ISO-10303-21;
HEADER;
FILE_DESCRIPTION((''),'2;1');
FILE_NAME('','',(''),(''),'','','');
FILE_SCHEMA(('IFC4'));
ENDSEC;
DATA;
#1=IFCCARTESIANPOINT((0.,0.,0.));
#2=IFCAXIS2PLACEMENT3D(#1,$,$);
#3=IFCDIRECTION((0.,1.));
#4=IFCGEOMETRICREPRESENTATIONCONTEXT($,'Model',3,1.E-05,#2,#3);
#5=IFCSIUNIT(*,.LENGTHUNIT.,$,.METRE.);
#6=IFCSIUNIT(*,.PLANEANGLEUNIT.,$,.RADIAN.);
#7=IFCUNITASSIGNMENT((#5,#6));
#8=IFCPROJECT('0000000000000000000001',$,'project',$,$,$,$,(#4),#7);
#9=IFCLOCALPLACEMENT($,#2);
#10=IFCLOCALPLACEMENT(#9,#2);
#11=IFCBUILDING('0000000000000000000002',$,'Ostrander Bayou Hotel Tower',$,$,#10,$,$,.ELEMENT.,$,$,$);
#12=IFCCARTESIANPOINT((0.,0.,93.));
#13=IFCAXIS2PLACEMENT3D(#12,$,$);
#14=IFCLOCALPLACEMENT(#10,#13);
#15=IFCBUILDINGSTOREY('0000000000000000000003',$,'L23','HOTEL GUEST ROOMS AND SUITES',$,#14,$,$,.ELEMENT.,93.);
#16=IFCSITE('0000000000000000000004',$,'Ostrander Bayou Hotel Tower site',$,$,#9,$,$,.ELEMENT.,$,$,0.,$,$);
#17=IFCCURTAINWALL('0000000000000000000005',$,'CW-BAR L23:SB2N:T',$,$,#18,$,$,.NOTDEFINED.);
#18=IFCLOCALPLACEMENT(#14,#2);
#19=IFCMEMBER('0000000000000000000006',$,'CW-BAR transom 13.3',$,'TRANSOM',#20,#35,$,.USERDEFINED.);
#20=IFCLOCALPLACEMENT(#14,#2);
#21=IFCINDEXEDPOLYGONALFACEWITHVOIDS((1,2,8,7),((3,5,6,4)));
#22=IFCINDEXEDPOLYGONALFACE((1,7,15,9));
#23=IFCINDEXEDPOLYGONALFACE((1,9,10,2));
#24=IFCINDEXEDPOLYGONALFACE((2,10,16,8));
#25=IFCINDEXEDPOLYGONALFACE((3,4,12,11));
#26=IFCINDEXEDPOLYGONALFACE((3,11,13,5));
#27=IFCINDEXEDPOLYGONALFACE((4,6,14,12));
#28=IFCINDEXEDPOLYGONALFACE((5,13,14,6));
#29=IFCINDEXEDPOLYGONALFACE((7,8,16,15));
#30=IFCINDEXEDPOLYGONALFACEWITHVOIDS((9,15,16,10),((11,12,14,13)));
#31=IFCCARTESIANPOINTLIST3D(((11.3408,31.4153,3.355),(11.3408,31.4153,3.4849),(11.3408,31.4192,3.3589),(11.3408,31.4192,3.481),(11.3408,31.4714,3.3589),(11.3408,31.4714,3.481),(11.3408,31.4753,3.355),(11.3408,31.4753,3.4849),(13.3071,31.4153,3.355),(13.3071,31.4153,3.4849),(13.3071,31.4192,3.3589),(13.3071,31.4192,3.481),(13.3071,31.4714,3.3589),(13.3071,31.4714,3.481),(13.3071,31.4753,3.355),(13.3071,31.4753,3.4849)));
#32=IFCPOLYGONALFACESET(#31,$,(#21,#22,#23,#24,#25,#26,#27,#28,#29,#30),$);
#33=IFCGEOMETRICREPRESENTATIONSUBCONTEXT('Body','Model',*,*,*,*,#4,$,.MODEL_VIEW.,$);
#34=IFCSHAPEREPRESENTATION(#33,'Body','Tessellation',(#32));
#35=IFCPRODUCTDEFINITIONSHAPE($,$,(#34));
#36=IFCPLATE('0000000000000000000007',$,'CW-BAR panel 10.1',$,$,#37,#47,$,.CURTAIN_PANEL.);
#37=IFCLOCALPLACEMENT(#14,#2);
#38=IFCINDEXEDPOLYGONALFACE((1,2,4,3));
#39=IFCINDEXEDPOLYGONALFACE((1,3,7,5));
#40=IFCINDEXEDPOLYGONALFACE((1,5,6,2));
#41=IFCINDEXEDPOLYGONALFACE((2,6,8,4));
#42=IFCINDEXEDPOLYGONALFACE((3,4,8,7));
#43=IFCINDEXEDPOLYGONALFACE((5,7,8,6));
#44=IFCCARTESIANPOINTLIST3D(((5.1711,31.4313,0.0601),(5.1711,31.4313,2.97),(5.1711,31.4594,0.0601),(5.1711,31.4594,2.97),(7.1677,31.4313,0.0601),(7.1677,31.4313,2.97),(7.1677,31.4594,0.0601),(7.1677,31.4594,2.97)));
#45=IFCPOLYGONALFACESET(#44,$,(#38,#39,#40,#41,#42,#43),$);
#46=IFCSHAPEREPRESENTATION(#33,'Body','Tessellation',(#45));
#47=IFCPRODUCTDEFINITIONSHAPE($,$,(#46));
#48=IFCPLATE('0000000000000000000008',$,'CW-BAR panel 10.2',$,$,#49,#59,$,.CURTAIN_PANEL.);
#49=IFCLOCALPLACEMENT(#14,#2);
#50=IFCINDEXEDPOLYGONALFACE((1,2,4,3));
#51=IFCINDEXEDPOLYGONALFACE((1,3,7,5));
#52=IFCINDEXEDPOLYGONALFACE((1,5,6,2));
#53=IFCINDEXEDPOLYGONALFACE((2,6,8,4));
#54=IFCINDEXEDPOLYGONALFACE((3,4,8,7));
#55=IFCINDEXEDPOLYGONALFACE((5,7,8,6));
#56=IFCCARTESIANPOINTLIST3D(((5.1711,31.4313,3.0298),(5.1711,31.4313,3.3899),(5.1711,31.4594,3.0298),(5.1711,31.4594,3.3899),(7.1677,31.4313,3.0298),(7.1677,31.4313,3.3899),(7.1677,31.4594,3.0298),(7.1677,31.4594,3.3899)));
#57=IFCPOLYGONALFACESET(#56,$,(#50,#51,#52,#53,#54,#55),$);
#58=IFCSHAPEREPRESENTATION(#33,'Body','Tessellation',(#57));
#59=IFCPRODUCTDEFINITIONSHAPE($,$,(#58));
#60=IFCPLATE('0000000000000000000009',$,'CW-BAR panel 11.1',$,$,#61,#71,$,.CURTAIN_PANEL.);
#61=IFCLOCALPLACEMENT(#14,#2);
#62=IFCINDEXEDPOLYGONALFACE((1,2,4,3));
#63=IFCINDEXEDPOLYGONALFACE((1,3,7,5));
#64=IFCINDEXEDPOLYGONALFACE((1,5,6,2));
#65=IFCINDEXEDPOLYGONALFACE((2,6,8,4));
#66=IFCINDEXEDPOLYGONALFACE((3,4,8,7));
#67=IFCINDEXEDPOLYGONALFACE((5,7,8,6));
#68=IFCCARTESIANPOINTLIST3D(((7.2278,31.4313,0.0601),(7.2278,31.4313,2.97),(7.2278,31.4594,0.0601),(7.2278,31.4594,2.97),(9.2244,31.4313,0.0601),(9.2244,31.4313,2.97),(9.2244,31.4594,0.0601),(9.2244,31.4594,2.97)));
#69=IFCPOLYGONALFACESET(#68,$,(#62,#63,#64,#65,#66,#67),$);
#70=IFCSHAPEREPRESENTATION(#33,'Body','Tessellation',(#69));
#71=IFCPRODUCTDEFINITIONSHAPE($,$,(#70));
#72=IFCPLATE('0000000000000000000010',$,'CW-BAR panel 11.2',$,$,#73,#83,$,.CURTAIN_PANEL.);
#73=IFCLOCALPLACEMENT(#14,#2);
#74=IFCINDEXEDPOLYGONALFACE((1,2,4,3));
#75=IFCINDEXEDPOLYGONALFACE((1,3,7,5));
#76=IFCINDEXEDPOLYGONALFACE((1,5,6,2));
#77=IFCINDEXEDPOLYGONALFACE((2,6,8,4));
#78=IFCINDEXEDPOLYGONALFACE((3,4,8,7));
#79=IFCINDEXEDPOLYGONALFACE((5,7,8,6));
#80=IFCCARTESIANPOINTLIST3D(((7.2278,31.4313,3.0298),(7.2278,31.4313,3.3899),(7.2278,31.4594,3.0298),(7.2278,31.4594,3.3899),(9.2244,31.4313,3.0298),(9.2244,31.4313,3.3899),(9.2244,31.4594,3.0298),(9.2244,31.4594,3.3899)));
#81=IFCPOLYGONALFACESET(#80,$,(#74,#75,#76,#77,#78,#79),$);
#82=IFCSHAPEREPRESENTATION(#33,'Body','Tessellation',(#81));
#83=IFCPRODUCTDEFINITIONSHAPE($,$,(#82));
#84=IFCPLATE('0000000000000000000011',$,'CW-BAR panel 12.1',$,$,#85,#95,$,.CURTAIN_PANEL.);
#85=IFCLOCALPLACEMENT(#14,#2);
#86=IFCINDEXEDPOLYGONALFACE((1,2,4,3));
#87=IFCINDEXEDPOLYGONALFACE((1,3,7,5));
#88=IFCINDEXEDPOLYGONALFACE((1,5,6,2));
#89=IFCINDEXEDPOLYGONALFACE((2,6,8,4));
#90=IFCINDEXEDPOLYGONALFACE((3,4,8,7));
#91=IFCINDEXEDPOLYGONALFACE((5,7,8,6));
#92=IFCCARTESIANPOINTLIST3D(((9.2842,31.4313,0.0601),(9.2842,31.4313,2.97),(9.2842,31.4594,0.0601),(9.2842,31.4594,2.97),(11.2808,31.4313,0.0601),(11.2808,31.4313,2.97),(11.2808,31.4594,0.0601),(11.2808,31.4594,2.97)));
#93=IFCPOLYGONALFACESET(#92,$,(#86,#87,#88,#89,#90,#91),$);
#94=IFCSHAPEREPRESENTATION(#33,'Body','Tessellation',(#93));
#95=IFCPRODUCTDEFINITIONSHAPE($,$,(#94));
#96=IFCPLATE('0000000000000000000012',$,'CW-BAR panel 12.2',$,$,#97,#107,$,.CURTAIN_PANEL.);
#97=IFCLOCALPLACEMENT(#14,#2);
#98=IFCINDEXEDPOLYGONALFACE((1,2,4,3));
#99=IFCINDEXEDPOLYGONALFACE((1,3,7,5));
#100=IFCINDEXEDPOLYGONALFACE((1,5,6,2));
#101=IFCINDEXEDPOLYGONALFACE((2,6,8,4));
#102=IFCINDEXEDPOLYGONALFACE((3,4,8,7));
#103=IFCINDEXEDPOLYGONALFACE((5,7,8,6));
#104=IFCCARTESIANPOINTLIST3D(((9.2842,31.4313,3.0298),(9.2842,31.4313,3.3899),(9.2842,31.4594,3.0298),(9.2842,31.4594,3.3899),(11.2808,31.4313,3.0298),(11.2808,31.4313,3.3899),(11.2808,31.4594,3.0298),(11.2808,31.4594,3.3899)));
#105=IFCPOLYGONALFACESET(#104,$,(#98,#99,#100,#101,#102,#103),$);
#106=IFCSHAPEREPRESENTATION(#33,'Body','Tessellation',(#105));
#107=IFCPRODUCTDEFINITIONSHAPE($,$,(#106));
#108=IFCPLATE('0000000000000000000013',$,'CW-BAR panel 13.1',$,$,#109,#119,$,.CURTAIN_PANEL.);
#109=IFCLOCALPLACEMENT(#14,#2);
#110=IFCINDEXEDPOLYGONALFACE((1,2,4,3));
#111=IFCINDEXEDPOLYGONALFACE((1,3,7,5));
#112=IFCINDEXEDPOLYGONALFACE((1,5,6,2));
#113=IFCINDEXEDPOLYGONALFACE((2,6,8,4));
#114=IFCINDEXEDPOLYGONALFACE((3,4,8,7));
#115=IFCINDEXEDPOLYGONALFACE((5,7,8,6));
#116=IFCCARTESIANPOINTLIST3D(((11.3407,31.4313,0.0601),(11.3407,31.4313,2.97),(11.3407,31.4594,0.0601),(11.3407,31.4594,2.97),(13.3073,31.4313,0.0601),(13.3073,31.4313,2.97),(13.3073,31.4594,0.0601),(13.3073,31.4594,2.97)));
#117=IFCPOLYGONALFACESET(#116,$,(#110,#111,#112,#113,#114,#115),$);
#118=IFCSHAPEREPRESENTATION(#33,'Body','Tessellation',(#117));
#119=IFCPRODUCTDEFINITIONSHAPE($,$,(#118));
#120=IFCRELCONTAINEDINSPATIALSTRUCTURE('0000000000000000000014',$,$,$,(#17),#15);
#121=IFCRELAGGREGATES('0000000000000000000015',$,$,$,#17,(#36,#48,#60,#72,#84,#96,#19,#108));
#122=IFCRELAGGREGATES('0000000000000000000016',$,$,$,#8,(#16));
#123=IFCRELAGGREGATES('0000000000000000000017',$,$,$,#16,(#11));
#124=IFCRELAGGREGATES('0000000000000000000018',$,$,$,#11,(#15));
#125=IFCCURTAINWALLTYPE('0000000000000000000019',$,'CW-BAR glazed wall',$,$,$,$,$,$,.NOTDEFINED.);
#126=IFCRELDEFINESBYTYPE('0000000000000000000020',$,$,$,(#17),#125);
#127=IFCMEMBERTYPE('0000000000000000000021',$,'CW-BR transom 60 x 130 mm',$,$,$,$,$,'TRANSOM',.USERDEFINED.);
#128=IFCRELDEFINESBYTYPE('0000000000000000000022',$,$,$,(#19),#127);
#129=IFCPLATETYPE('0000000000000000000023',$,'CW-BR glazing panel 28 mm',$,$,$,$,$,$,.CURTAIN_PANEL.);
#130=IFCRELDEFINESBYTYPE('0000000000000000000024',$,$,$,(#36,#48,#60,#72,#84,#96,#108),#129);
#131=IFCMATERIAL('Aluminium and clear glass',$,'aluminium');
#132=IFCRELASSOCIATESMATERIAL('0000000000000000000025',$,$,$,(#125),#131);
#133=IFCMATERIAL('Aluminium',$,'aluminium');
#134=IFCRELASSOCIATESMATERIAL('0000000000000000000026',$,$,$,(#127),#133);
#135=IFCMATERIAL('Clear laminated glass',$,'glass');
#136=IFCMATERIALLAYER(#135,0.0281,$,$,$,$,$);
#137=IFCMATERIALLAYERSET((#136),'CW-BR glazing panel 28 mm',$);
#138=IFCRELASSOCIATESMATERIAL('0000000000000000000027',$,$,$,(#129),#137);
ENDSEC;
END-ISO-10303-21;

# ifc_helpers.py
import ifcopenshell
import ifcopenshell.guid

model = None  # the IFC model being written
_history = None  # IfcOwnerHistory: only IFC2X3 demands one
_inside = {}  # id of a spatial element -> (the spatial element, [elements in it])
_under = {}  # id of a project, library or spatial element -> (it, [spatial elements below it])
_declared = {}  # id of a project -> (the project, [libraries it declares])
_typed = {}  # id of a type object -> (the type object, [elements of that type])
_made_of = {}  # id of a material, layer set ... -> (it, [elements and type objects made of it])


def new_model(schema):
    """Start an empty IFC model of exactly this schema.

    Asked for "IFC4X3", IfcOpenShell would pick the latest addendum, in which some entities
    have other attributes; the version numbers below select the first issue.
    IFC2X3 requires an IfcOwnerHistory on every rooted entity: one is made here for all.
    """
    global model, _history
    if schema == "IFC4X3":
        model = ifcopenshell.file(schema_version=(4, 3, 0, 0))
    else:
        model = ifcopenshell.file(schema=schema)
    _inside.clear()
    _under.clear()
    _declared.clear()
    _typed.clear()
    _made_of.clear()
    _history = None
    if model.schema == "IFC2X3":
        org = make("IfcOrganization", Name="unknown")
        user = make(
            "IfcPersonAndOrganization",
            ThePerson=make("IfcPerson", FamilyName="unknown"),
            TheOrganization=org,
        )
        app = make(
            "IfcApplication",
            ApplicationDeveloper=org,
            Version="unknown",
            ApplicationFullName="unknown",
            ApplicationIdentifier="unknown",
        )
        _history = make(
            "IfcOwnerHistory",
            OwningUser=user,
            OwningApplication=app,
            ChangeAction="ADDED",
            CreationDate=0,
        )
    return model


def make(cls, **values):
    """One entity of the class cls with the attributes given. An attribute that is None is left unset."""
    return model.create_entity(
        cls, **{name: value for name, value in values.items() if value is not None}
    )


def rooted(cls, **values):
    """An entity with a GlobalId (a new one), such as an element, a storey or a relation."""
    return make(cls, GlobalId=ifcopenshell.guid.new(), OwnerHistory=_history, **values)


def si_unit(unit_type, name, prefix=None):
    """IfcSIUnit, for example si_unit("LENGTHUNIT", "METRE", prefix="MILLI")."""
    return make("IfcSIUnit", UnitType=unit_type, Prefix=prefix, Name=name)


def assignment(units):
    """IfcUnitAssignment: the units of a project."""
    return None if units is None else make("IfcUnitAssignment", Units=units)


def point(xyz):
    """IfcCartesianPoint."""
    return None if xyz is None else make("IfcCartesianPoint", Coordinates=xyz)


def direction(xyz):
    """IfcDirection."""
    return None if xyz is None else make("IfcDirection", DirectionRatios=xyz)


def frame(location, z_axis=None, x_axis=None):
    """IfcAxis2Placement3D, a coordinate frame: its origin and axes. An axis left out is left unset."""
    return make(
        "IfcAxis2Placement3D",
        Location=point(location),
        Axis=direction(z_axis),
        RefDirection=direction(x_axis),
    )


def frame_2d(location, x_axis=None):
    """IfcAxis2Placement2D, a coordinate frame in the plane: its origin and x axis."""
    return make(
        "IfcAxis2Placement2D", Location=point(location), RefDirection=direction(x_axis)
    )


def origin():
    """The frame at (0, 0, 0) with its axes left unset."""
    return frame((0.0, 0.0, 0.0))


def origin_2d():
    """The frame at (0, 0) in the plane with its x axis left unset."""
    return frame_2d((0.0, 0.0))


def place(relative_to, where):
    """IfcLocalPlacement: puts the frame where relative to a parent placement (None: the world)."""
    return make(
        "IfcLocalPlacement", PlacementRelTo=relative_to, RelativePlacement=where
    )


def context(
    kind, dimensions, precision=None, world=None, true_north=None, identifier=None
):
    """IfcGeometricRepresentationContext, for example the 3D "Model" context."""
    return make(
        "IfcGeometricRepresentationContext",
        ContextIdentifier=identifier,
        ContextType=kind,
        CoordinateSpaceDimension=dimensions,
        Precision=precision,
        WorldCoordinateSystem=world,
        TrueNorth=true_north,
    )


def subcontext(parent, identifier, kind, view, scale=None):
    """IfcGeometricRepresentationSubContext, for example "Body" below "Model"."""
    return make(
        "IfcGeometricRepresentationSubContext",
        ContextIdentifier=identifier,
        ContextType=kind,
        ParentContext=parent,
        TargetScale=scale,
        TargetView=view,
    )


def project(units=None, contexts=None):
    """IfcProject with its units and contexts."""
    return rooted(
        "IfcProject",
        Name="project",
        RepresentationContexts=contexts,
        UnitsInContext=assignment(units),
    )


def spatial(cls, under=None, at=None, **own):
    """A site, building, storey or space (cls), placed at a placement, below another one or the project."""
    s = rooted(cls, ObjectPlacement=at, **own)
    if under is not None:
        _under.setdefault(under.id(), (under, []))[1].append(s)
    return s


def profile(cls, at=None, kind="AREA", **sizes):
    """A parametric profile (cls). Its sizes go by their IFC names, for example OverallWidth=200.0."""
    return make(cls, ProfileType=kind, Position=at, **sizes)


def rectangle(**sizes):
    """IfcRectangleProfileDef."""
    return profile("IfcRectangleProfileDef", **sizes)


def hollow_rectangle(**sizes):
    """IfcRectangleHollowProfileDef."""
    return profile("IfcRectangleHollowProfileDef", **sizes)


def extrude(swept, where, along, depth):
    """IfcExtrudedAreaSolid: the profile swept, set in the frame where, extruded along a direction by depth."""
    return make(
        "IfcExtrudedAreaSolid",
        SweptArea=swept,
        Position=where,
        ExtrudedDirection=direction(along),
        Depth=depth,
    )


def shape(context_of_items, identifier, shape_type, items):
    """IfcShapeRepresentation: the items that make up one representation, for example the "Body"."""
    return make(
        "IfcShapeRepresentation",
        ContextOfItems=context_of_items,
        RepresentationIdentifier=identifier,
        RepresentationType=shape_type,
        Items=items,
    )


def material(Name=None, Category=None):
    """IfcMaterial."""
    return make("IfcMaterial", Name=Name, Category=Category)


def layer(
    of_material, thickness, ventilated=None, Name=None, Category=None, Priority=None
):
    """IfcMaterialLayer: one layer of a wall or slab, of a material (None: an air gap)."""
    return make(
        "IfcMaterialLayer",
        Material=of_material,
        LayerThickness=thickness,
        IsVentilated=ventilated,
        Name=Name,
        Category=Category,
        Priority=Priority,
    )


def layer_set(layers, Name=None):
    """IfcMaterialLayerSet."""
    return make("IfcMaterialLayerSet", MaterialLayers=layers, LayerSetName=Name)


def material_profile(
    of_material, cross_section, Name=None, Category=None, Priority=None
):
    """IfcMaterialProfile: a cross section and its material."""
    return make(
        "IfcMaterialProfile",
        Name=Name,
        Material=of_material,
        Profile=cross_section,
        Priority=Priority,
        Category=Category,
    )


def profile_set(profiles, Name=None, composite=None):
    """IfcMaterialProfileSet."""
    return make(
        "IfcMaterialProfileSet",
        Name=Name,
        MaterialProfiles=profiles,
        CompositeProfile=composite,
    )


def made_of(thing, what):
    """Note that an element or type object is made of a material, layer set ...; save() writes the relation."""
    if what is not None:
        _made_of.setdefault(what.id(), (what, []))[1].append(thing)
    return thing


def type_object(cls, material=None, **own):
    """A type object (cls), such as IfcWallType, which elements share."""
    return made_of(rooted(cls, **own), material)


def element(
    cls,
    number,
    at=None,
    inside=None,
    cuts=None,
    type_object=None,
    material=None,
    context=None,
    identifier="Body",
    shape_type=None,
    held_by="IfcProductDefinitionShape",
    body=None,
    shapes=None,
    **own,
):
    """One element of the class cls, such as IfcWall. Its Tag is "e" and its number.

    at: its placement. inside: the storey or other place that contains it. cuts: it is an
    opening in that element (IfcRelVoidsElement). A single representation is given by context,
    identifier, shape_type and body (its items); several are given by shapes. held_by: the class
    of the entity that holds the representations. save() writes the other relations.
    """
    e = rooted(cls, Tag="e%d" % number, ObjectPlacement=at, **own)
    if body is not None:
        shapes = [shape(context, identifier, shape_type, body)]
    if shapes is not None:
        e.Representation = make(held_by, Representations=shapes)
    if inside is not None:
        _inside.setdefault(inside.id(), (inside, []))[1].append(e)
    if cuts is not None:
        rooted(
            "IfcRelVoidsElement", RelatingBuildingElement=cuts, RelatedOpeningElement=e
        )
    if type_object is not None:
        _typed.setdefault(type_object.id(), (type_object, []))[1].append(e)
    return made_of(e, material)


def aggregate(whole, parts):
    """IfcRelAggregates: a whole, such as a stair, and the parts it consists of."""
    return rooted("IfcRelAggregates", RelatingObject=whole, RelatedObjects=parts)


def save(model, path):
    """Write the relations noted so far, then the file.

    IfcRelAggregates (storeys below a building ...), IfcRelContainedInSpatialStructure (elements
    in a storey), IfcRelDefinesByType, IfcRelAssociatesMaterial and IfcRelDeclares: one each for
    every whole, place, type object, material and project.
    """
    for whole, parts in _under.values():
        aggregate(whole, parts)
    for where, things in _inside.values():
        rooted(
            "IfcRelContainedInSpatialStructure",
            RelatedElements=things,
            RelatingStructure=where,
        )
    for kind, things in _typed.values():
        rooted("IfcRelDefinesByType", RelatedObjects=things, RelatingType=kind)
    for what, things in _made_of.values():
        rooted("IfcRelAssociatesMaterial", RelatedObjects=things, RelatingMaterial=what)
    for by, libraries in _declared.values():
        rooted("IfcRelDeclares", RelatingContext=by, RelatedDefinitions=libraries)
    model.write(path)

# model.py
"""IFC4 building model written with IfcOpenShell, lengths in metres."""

from ifc_helpers import new_model, si_unit, direction, frame, origin, origin_2d, place, context, subcontext, project, spatial, rectangle, hollow_rectangle, extrude, material, layer, layer_set, material_profile, profile_set, type_object, element, aggregate, save


model = new_model("IFC4")

# Units and contexts
model_context = context("Model", 3, precision=1e-05, world=origin(), true_north=direction((0.0, 1.0)))
body_context = subcontext(model_context, "Body", "Model", "MODEL_VIEW")
ifc_project = project(units=[si_unit("LENGTHUNIT", "METRE"), si_unit("PLANEANGLEUNIT", "RADIAN")], contexts=[model_context])

# Site, building, storey
site_placement = place(None, origin())
site = spatial("IfcSite", under=ifc_project, at=site_placement, Name="Ostrander Bayou Hotel Tower site", CompositionType="ELEMENT", RefElevation=0.0)
building_placement = place(site_placement, origin())
building = spatial("IfcBuilding", under=site, at=building_placement, Name="Ostrander Bayou Hotel Tower", CompositionType="ELEMENT")
storey_placement = place(building_placement, frame((0.0, 0.0, 93.0)))
storey = spatial("IfcBuildingStorey", under=building, at=storey_placement, Name="L23", Description="HOTEL GUEST ROOMS AND SUITES", CompositionType="ELEMENT", Elevation=93.0)

# Curtain wall, member, plates
ifc_material_1 = material(Name="Aluminium and clear glass", Category="aluminium")
curtain_wall_type = type_object("IfcCurtainWallType", Name="CW-BAR glazed wall", PredefinedType="NOTDEFINED", material=ifc_material_1)
curtain_wall_placement = place(storey_placement, origin())
curtain_wall = element("IfcCurtainWall", 1, at=curtain_wall_placement, inside=storey, type_object=curtain_wall_type, Name="CW-BAR L23:SB2N:T", PredefinedType="NOTDEFINED")
ifc_material_2 = material(Name="Aluminium", Category="aluminium")
ifc_material_profile_1 = material_profile(ifc_material_2, hollow_rectangle(XDim=0.0601, YDim=0.1299, WallThickness=0.0039, at=origin_2d()))
ifc_profile_set_1 = profile_set([ifc_material_profile_1], Name="Aluminium")
member_type_1 = type_object("IfcMemberType", Name="CW-BR transom 60 x 130 mm", ElementType="TRANSOM", PredefinedType="USERDEFINED", material=ifc_profile_set_1)
member_1_placement = place(storey_placement, frame((11.3408, 31.4453, 3.4199), z_axis=(1.0, 0.0, 0.0), x_axis=(0.0, 1.0, 0.0)))
member_1 = element("IfcMember", 2, at=member_1_placement, type_object=member_type_1, Name="CW-BAR transom 13.3", ObjectType="TRANSOM", PredefinedType="USERDEFINED", context=body_context, shape_type="SweptSolid", body=[
    extrude(hollow_rectangle(XDim=0.0601, YDim=0.1299, WallThickness=0.0039, at=origin_2d()), origin(), (0.0, 0.0, 1.0), 1.9663),
])
ifc_material_3 = material(Name="Clear laminated glass", Category="glass")
ifc_layer_1 = layer(ifc_material_3, 0.0281)
ifc_layer_set_1 = layer_set([ifc_layer_1], Name="CW-BR glazing panel 28 mm")
plate_type = type_object("IfcPlateType", Name="CW-BR glazing panel 28 mm", PredefinedType="CURTAIN_PANEL", material=ifc_layer_set_1)
plate_1_placement = place(storey_placement, frame((6.1694, 31.4453, 0.0601), z_axis=(0.0, 0.0, 1.0), x_axis=(1.0, 0.0, 0.0)))
plate_1 = element("IfcPlate", 3, at=plate_1_placement, type_object=plate_type, Name="CW-BAR panel 10.1", PredefinedType="CURTAIN_PANEL", context=body_context, shape_type="SweptSolid", body=[
    extrude(rectangle(XDim=1.9966, YDim=0.0281, at=origin_2d()), origin(), (0.0, 0.0, 1.0), 2.9099),
])
plate_2_placement = place(storey_placement, frame((6.1694, 31.4453, 3.0298), z_axis=(0.0, 0.0, 1.0), x_axis=(1.0, 0.0, 0.0)))
plate_2 = element("IfcPlate", 4, at=plate_2_placement, type_object=plate_type, Name="CW-BAR panel 10.2", PredefinedType="CURTAIN_PANEL", context=body_context, shape_type="SweptSolid", body=[
    extrude(rectangle(XDim=1.9966, YDim=0.0281, at=origin_2d()), origin(), (0.0, 0.0, 1.0), 0.3601),
])
plate_3_placement = place(storey_placement, frame((8.2261, 31.4453, 0.0601), z_axis=(0.0, 0.0, 1.0), x_axis=(1.0, 0.0, 0.0)))
plate_3 = element("IfcPlate", 5, at=plate_3_placement, type_object=plate_type, Name="CW-BAR panel 11.1", PredefinedType="CURTAIN_PANEL", context=body_context, shape_type="SweptSolid", body=[
    extrude(rectangle(XDim=1.9966, YDim=0.0281, at=origin_2d()), origin(), (0.0, 0.0, 1.0), 2.9099),
])
plate_4_placement = place(storey_placement, frame((8.2261, 31.4453, 3.0298), z_axis=(0.0, 0.0, 1.0), x_axis=(1.0, 0.0, 0.0)))
plate_4 = element("IfcPlate", 6, at=plate_4_placement, type_object=plate_type, Name="CW-BAR panel 11.2", PredefinedType="CURTAIN_PANEL", context=body_context, shape_type="SweptSolid", body=[
    extrude(rectangle(XDim=1.9966, YDim=0.0281, at=origin_2d()), origin(), (0.0, 0.0, 1.0), 0.3601),
])
plate_5_placement = place(storey_placement, frame((10.2825, 31.4453, 0.0601), z_axis=(0.0, 0.0, 1.0), x_axis=(1.0, 0.0, 0.0)))
plate_5 = element("IfcPlate", 7, at=plate_5_placement, type_object=plate_type, Name="CW-BAR panel 12.1", PredefinedType="CURTAIN_PANEL", context=body_context, shape_type="SweptSolid", body=[
    extrude(rectangle(XDim=1.9966, YDim=0.0281, at=origin_2d()), origin(), (0.0, 0.0, 1.0), 2.9099),
])
plate_6_placement = place(storey_placement, frame((10.2825, 31.4453, 3.0298), z_axis=(0.0, 0.0, 1.0), x_axis=(1.0, 0.0, 0.0)))
plate_6 = element("IfcPlate", 8, at=plate_6_placement, type_object=plate_type, Name="CW-BAR panel 12.2", PredefinedType="CURTAIN_PANEL", context=body_context, shape_type="SweptSolid", body=[
    extrude(rectangle(XDim=1.9966, YDim=0.0281, at=origin_2d()), origin(), (0.0, 0.0, 1.0), 0.3601),
])
plate_7_placement = place(storey_placement, frame((12.324, 31.4453, 0.0601), z_axis=(0.0, 0.0, 1.0), x_axis=(1.0, 0.0, 0.0)))
plate_7 = element("IfcPlate", 9, at=plate_7_placement, type_object=plate_type, Name="CW-BAR panel 13.1", PredefinedType="CURTAIN_PANEL", context=body_context, shape_type="SweptSolid", body=[
    extrude(rectangle(XDim=1.9666, YDim=0.0281, at=origin_2d()), origin(), (0.0, 0.0, 1.0), 2.9099),
])
aggregate(curtain_wall, [plate_1, plate_2, plate_3, plate_4, plate_5, plate_6, member_1, plate_7])

save(model, "model.ifc")
